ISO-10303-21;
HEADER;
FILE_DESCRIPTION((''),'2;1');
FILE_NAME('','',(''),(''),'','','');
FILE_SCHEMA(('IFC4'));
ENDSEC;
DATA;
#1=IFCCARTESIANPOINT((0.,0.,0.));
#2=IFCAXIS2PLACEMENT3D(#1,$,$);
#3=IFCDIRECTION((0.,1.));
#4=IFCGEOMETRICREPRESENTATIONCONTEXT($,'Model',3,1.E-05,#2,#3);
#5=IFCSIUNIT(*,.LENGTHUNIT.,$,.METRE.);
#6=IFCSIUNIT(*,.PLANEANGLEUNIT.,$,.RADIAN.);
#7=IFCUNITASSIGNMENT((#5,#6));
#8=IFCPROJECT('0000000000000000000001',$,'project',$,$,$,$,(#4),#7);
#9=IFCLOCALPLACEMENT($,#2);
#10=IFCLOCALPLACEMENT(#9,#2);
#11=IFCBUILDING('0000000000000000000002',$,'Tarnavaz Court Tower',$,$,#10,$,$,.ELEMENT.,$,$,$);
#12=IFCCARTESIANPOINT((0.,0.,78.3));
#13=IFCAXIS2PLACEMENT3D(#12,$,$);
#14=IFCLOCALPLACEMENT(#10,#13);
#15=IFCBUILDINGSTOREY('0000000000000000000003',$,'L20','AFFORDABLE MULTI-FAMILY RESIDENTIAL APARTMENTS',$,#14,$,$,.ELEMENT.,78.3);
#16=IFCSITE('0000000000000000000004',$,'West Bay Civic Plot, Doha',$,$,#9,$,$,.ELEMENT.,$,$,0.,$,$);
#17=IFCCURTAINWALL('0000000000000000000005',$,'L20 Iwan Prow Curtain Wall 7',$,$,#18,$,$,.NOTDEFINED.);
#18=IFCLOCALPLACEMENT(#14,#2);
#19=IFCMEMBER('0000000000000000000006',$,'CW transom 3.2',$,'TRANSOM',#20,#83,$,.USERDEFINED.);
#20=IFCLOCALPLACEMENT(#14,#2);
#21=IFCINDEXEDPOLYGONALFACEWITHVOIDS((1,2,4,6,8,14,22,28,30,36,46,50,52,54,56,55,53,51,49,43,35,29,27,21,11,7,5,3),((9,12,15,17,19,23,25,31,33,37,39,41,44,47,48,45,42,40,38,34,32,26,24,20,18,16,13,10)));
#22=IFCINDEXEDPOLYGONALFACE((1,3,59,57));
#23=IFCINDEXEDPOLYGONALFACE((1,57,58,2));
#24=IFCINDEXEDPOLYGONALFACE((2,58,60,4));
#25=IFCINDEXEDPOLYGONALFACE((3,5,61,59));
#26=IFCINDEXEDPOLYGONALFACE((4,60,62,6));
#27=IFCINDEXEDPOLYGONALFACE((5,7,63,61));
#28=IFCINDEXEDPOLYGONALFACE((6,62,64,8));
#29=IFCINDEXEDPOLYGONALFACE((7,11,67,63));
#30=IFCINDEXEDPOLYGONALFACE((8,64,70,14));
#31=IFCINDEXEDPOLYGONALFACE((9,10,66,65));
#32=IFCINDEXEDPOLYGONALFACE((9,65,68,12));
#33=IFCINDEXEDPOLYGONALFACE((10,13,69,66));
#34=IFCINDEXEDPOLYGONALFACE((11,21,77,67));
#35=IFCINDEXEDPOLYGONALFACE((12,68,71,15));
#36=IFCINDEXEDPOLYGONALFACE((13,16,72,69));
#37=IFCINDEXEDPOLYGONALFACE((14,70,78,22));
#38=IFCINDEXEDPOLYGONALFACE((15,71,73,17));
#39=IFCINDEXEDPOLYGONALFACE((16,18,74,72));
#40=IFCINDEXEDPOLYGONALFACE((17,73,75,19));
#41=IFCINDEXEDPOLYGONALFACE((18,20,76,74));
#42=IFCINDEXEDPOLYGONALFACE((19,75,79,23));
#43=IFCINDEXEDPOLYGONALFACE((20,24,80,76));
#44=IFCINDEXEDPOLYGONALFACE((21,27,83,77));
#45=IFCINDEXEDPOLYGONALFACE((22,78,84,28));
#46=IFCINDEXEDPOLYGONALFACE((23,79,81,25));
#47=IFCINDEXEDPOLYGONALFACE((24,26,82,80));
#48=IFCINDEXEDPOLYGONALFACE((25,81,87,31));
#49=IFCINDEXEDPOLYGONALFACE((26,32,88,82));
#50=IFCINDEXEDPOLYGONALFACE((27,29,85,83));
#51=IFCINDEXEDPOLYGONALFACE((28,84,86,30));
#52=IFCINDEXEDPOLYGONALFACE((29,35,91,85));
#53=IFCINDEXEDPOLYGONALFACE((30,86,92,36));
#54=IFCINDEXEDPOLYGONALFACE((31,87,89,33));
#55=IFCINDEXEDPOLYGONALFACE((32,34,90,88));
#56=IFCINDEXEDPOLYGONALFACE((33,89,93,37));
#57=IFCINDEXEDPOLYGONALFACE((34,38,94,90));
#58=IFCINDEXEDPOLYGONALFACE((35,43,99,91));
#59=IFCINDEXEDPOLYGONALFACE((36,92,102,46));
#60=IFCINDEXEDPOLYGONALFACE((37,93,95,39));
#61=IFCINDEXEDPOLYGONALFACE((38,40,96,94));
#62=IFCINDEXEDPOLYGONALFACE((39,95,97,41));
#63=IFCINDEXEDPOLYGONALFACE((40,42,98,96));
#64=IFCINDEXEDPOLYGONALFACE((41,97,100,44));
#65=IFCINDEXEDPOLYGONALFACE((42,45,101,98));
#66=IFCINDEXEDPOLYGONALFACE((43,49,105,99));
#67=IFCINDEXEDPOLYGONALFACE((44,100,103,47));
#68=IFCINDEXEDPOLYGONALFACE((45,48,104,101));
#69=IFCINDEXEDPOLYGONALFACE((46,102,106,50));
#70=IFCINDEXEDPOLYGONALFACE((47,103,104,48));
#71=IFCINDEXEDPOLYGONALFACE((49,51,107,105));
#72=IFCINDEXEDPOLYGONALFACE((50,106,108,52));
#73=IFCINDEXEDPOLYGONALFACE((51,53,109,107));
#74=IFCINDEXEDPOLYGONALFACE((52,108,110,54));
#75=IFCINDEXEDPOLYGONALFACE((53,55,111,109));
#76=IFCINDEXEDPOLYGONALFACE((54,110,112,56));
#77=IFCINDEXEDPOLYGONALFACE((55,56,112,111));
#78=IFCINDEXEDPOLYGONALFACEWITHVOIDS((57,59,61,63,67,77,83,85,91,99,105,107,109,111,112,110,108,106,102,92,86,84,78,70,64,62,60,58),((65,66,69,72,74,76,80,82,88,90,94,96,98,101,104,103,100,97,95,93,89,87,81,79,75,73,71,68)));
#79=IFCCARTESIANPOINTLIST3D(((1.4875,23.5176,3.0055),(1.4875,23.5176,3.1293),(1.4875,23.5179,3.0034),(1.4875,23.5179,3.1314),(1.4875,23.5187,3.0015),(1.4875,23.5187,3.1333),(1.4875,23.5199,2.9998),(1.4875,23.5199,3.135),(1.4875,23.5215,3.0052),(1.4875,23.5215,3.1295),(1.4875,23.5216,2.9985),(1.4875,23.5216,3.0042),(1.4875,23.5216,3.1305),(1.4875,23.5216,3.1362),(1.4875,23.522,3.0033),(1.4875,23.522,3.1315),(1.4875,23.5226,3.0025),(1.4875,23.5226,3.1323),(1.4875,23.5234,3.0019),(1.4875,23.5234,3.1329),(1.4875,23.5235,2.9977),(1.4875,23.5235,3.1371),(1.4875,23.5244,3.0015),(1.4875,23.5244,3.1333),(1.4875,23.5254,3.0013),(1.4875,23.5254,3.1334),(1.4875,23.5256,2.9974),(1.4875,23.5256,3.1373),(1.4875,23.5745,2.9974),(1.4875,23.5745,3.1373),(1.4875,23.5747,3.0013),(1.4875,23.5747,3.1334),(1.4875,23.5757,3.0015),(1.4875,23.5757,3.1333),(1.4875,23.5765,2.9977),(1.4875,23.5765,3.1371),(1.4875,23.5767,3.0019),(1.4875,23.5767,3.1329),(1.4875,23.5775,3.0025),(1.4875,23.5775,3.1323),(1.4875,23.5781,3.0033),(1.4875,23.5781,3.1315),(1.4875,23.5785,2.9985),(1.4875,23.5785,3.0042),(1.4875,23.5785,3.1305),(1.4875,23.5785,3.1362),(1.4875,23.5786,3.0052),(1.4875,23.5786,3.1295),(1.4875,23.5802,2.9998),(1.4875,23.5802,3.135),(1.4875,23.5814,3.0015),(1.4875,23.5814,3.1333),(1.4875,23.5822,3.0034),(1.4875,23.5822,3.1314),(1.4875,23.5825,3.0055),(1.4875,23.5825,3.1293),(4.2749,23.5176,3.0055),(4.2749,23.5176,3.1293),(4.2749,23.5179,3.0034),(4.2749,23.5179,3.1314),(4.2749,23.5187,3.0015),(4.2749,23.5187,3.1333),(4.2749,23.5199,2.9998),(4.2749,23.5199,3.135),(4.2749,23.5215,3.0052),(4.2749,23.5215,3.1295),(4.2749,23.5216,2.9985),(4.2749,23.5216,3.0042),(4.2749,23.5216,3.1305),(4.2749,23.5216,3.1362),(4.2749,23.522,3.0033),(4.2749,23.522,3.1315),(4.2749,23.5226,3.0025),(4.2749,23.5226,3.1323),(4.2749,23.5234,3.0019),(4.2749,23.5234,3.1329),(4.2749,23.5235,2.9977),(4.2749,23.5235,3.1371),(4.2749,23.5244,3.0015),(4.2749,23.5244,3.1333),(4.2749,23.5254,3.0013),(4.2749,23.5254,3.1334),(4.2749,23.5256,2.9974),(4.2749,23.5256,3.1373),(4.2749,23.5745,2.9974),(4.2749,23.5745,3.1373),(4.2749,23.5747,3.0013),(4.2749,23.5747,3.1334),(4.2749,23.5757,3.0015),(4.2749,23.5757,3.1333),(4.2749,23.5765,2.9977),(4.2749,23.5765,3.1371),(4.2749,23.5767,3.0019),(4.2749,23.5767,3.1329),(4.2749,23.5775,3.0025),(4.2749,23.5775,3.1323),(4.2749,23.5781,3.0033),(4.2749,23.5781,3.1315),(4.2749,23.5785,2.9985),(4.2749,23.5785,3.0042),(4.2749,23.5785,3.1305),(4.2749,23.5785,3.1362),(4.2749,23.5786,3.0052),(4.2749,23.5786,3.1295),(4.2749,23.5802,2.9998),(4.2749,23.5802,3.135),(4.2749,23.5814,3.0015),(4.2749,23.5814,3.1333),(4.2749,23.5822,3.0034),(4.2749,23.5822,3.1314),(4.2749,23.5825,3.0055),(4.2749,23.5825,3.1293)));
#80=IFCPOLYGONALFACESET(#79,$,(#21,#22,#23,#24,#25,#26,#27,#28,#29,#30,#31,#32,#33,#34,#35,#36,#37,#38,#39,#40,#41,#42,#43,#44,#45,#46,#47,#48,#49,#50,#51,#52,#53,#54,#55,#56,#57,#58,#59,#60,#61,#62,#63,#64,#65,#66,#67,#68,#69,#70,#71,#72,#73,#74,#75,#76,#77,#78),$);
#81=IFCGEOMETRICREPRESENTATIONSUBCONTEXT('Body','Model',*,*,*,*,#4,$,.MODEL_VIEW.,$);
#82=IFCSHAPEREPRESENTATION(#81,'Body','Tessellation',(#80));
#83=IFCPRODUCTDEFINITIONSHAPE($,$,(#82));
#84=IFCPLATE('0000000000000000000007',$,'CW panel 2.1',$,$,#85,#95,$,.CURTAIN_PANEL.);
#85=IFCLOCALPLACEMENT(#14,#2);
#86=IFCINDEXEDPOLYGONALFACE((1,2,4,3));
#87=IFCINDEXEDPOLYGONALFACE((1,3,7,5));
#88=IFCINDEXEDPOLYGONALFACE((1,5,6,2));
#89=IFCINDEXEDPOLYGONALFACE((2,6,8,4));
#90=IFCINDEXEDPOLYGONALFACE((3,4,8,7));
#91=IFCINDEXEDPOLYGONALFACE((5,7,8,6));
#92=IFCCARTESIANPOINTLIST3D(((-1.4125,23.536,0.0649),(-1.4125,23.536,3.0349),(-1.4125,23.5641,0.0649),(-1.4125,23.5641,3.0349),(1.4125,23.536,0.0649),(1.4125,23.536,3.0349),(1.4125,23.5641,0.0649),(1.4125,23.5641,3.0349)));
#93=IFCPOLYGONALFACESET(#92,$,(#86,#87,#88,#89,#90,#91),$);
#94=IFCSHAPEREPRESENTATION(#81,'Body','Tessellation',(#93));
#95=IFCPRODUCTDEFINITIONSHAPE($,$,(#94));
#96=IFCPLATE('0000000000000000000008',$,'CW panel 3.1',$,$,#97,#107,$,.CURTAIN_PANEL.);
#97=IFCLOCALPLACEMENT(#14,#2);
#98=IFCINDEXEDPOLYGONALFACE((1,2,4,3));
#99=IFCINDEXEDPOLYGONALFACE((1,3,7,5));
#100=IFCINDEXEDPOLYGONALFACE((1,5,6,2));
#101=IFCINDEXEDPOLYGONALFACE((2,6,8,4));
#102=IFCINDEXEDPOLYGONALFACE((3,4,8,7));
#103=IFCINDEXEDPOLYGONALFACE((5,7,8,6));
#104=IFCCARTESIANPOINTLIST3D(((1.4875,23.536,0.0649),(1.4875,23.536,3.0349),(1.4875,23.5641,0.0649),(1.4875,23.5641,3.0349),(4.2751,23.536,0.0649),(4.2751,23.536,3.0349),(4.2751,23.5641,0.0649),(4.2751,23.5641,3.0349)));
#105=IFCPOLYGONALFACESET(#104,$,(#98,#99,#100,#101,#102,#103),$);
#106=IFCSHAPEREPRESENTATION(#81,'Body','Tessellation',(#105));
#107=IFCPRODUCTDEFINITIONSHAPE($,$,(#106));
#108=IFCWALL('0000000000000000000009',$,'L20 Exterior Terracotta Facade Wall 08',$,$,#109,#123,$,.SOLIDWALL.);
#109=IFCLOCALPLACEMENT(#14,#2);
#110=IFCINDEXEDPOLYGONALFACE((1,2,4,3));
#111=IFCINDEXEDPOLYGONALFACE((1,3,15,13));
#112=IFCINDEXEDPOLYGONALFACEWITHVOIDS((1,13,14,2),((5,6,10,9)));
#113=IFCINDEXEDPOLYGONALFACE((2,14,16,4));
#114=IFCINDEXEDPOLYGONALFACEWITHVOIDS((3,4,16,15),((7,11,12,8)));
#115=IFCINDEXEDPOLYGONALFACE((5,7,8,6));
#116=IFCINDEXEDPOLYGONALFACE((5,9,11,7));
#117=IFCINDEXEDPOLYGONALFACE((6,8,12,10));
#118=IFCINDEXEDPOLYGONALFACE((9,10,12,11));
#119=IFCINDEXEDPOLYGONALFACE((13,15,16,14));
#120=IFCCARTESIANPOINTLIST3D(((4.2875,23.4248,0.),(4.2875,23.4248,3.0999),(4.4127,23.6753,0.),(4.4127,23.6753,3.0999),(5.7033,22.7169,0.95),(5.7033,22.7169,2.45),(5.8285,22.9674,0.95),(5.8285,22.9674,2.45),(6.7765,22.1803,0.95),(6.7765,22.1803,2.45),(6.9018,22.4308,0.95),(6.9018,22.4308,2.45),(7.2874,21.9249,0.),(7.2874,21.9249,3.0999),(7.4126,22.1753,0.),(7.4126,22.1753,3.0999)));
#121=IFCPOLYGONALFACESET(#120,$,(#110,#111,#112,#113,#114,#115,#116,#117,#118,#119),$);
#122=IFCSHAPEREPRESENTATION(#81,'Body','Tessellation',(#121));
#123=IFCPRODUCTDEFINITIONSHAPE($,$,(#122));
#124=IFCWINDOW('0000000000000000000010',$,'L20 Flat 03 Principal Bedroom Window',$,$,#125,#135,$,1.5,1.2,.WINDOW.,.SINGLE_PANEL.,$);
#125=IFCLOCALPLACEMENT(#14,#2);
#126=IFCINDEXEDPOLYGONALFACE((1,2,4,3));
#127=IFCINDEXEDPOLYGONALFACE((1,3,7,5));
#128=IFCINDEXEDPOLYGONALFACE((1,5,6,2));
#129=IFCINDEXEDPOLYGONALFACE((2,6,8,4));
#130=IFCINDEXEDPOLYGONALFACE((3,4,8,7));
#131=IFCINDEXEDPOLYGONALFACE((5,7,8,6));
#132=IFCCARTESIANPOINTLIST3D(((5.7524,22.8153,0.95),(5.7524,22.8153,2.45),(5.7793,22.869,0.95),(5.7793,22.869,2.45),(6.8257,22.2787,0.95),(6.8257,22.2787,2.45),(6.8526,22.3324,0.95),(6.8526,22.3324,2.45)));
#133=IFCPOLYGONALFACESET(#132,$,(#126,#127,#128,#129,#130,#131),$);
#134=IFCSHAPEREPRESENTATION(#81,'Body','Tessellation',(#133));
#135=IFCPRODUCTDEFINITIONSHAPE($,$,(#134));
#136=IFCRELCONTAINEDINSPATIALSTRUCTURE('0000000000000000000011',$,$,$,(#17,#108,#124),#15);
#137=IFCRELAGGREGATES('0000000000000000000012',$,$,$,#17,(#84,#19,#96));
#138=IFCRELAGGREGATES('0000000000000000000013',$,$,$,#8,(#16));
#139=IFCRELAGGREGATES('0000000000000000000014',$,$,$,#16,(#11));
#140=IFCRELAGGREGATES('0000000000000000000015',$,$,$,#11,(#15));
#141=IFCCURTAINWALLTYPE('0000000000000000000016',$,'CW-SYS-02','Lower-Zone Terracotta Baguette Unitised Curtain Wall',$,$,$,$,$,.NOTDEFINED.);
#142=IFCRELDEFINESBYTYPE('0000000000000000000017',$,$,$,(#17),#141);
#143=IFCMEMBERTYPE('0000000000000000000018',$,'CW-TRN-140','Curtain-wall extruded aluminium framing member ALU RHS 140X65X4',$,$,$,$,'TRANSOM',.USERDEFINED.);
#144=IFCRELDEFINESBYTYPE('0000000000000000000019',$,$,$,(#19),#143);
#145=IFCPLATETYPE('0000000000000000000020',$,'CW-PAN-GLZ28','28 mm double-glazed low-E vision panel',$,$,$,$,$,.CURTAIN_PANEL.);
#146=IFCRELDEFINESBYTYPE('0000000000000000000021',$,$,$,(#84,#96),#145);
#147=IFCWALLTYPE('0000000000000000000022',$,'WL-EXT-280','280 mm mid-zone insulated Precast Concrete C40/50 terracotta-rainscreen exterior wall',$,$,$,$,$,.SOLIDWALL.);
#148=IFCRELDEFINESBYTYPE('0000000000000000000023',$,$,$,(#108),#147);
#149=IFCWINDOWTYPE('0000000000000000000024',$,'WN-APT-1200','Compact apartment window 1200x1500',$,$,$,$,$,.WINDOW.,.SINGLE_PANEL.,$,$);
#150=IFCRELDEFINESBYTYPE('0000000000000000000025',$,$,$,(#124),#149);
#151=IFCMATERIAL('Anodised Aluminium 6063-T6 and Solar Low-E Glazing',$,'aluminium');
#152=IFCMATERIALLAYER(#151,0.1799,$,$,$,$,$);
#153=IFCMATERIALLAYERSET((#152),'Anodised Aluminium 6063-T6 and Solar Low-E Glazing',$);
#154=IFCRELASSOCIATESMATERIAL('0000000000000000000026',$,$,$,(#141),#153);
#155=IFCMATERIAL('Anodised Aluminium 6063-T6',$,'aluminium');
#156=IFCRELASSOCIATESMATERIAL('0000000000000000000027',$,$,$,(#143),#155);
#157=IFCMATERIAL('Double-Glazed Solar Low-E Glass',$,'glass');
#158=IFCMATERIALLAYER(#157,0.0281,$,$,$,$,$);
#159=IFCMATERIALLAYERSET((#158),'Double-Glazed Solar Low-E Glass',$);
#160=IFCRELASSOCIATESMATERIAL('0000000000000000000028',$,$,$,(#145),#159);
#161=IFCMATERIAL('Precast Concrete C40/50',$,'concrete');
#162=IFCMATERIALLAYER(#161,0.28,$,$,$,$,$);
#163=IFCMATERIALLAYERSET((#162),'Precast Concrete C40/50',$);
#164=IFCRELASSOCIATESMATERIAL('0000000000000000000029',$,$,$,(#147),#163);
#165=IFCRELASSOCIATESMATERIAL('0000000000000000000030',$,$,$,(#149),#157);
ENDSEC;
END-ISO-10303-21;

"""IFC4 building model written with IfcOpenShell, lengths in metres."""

from ifc_helpers import new_model, si_unit, direction, frame, frame_2d, origin, origin_2d, place, context, subcontext, project, spatial, rectangle, hollow_rectangle, extrude, material, layer, layer_set, material_profile, profile_set, type_object, element, fill, aggregate, save


model = new_model("IFC4")

# Units and contexts
model_context = context("Model", 3, precision=1e-05, world=origin(), true_north=direction((0.0, 1.0)))
body_context = subcontext(model_context, "Body", "Model", "MODEL_VIEW")
ifc_project = project(units=[si_unit("LENGTHUNIT", "METRE"), si_unit("PLANEANGLEUNIT", "RADIAN")], contexts=[model_context])

# Site, building, storey
site_placement = place(None, origin())
site = spatial("IfcSite", under=ifc_project, at=site_placement, Name="West Bay Civic Plot, Doha", CompositionType="ELEMENT", RefElevation=0.0)
building_placement = place(site_placement, origin())
building = spatial("IfcBuilding", under=site, at=building_placement, Name="Tarnavaz Court Tower", CompositionType="ELEMENT")
storey_placement = place(building_placement, frame((0.0, 0.0, 78.3)))
storey = spatial("IfcBuildingStorey", under=building, at=storey_placement, Name="L20", Description="AFFORDABLE MULTI-FAMILY RESIDENTIAL APARTMENTS", CompositionType="ELEMENT", Elevation=78.3)

# Curtain wall, member, plates
ifc_material_1 = material(Name="Anodised Aluminium 6063-T6 and Solar Low-E Glazing", Category="aluminium")
ifc_layer_1 = layer(ifc_material_1, 0.1799)
ifc_layer_set_1 = layer_set([ifc_layer_1], Name="Anodised Aluminium 6063-T6 and Solar Low-E Glazing")
curtain_wall_type = type_object("IfcCurtainWallType", Name="CW-SYS-02", Description="Lower-Zone Terracotta Baguette Unitised Curtain Wall", PredefinedType="NOTDEFINED", material=ifc_layer_set_1)
curtain_wall_placement = place(storey_placement, origin())
curtain_wall = element("IfcCurtainWall", 1, at=curtain_wall_placement, inside=storey, type_object=curtain_wall_type, Name="L20 Iwan Prow Curtain Wall 7", PredefinedType="NOTDEFINED")
ifc_material_2 = material(Name="Anodised Aluminium 6063-T6", Category="aluminium")
ifc_material_profile_1 = material_profile(ifc_material_2, hollow_rectangle(XDim=0.0649, YDim=0.1399, WallThickness=0.0039, InnerFilletRadius=0.0039, OuterFilletRadius=0.0081, at=origin_2d()), Name="ALU RHS 140X65X4")
ifc_profile_set_1 = profile_set([ifc_material_profile_1], Name="Anodised Aluminium 6063-T6")
member_type_1 = type_object("IfcMemberType", Name="CW-TRN-140", Description="Curtain-wall extruded aluminium framing member ALU RHS 140X65X4", ElementType="TRANSOM", PredefinedType="USERDEFINED", material=ifc_profile_set_1)
member_1_placement = place(storey_placement, frame((1.4875, 23.55, 3.0674), z_axis=(1.0, 0.0, 0.0), x_axis=(0.0, 1.0, 0.0)))
member_1 = element("IfcMember", 2, at=member_1_placement, type_object=member_type_1, Name="CW transom 3.2", ObjectType="TRANSOM", PredefinedType="USERDEFINED", context=body_context, shape_type="SweptSolid", body=[
    extrude(hollow_rectangle(XDim=0.0649, YDim=0.1399, WallThickness=0.0039, InnerFilletRadius=0.0039, OuterFilletRadius=0.0081, at=origin_2d()), origin(), (0.0, 0.0, 1.0), 2.7874),
])
ifc_material_3 = material(Name="Double-Glazed Solar Low-E Glass", Category="glass")
ifc_layer_2 = layer(ifc_material_3, 0.0281)
ifc_layer_set_2 = layer_set([ifc_layer_2], Name="Double-Glazed Solar Low-E Glass")
plate_type = type_object("IfcPlateType", Name="CW-PAN-GLZ28", Description="28 mm double-glazed low-E vision panel", PredefinedType="CURTAIN_PANEL", material=ifc_layer_set_2)
plate_1_placement = place(storey_placement, frame((0.0, 23.55, 0.0649), z_axis=(0.0, 0.0, 1.0), x_axis=(1.0, 0.0, 0.0)))
plate_1 = element("IfcPlate", 3, at=plate_1_placement, type_object=plate_type, Name="CW panel 2.1", PredefinedType="CURTAIN_PANEL", context=body_context, shape_type="SweptSolid", body=[
    extrude(rectangle(XDim=2.825, YDim=0.0281, at=origin_2d()), origin(), (0.0, 0.0, 1.0), 2.97),
])
plate_2_placement = place(storey_placement, frame((2.8813, 23.55, 0.0649), z_axis=(0.0, 0.0, 1.0), x_axis=(1.0, 0.0, 0.0)))
plate_2 = element("IfcPlate", 4, at=plate_2_placement, type_object=plate_type, Name="CW panel 3.1", PredefinedType="CURTAIN_PANEL", context=body_context, shape_type="SweptSolid", body=[
    extrude(rectangle(XDim=2.7876, YDim=0.0281, at=origin_2d()), origin(), (0.0, 0.0, 1.0), 2.97),
])
aggregate(curtain_wall, [plate_1, member_1, plate_2])

# Wall, opening, window
ifc_material_4 = material(Name="Precast Concrete C40/50", Category="concrete")
ifc_layer_3 = layer(ifc_material_4, 0.28)
ifc_layer_set_3 = layer_set([ifc_layer_3], Name="Precast Concrete C40/50")
wall_type = type_object("IfcWallType", Name="WL-EXT-280", Description="280 mm mid-zone insulated Precast Concrete C40/50 terracotta-rainscreen exterior wall", PredefinedType="SOLIDWALL", material=ifc_layer_set_3)
wall_1_placement = place(storey_placement, frame((4.3501, 23.55, 0.0), z_axis=(0.0, 0.0, 1.0), x_axis=(0.894427, -0.447214, 0.0)))
wall_1 = element("IfcWall", 5, at=wall_1_placement, inside=storey, type_object=wall_type, Name="L20 Exterior Terracotta Facade Wall 08", PredefinedType="SOLIDWALL", context=body_context, shape_type="SweptSolid", body=[
    extrude(rectangle(XDim=3.354, YDim=0.28, at=frame_2d((1.677, 0.0))), origin(), (0.0, 0.0, 1.0), 3.0999),
])
opening_1_placement = place(wall_1_placement, frame((1.5828, 0.0, 0.95)))
opening_1 = element("IfcOpeningElement", 6, at=opening_1_placement, cuts=wall_1, PredefinedType="OPENING", context=body_context, shape_type="SweptSolid", body=[
    extrude(rectangle(XDim=1.2, YDim=1.5, at=frame_2d((0.6001, 0.75))), frame((0.0, 0.1499, 0.0), z_axis=(0.0, -1.0, 0.0), x_axis=(1.0, 0.0, 0.0)), (0.0, 0.0, 1.0), 0.3),
])
window_type_1 = type_object("IfcWindowType", Name="WN-APT-1200", Description="Compact apartment window 1200x1500", PartitioningType="SINGLE_PANEL", PredefinedType="WINDOW", material=ifc_material_3)
window_1_placement = place(opening_1_placement, origin())
window_1 = element("IfcWindow", 7, at=window_1_placement, inside=storey, type_object=window_type_1, Name="L20 Flat 03 Principal Bedroom Window", OverallHeight=1.5, OverallWidth=1.2, PartitioningType="SINGLE_PANEL", PredefinedType="WINDOW", context=body_context, shape_type="SweptSolid", body=[
    extrude(rectangle(XDim=1.2, YDim=1.5, at=frame_2d((0.6001, 0.75))), frame((0.0, 0.03, 0.0), z_axis=(0.0, -1.0, 0.0), x_axis=(1.0, 0.0, 0.0)), (0.0, 0.0, 1.0), 0.0601),
])
fill(opening_1, window_1)

save(model, "model.ifc")
